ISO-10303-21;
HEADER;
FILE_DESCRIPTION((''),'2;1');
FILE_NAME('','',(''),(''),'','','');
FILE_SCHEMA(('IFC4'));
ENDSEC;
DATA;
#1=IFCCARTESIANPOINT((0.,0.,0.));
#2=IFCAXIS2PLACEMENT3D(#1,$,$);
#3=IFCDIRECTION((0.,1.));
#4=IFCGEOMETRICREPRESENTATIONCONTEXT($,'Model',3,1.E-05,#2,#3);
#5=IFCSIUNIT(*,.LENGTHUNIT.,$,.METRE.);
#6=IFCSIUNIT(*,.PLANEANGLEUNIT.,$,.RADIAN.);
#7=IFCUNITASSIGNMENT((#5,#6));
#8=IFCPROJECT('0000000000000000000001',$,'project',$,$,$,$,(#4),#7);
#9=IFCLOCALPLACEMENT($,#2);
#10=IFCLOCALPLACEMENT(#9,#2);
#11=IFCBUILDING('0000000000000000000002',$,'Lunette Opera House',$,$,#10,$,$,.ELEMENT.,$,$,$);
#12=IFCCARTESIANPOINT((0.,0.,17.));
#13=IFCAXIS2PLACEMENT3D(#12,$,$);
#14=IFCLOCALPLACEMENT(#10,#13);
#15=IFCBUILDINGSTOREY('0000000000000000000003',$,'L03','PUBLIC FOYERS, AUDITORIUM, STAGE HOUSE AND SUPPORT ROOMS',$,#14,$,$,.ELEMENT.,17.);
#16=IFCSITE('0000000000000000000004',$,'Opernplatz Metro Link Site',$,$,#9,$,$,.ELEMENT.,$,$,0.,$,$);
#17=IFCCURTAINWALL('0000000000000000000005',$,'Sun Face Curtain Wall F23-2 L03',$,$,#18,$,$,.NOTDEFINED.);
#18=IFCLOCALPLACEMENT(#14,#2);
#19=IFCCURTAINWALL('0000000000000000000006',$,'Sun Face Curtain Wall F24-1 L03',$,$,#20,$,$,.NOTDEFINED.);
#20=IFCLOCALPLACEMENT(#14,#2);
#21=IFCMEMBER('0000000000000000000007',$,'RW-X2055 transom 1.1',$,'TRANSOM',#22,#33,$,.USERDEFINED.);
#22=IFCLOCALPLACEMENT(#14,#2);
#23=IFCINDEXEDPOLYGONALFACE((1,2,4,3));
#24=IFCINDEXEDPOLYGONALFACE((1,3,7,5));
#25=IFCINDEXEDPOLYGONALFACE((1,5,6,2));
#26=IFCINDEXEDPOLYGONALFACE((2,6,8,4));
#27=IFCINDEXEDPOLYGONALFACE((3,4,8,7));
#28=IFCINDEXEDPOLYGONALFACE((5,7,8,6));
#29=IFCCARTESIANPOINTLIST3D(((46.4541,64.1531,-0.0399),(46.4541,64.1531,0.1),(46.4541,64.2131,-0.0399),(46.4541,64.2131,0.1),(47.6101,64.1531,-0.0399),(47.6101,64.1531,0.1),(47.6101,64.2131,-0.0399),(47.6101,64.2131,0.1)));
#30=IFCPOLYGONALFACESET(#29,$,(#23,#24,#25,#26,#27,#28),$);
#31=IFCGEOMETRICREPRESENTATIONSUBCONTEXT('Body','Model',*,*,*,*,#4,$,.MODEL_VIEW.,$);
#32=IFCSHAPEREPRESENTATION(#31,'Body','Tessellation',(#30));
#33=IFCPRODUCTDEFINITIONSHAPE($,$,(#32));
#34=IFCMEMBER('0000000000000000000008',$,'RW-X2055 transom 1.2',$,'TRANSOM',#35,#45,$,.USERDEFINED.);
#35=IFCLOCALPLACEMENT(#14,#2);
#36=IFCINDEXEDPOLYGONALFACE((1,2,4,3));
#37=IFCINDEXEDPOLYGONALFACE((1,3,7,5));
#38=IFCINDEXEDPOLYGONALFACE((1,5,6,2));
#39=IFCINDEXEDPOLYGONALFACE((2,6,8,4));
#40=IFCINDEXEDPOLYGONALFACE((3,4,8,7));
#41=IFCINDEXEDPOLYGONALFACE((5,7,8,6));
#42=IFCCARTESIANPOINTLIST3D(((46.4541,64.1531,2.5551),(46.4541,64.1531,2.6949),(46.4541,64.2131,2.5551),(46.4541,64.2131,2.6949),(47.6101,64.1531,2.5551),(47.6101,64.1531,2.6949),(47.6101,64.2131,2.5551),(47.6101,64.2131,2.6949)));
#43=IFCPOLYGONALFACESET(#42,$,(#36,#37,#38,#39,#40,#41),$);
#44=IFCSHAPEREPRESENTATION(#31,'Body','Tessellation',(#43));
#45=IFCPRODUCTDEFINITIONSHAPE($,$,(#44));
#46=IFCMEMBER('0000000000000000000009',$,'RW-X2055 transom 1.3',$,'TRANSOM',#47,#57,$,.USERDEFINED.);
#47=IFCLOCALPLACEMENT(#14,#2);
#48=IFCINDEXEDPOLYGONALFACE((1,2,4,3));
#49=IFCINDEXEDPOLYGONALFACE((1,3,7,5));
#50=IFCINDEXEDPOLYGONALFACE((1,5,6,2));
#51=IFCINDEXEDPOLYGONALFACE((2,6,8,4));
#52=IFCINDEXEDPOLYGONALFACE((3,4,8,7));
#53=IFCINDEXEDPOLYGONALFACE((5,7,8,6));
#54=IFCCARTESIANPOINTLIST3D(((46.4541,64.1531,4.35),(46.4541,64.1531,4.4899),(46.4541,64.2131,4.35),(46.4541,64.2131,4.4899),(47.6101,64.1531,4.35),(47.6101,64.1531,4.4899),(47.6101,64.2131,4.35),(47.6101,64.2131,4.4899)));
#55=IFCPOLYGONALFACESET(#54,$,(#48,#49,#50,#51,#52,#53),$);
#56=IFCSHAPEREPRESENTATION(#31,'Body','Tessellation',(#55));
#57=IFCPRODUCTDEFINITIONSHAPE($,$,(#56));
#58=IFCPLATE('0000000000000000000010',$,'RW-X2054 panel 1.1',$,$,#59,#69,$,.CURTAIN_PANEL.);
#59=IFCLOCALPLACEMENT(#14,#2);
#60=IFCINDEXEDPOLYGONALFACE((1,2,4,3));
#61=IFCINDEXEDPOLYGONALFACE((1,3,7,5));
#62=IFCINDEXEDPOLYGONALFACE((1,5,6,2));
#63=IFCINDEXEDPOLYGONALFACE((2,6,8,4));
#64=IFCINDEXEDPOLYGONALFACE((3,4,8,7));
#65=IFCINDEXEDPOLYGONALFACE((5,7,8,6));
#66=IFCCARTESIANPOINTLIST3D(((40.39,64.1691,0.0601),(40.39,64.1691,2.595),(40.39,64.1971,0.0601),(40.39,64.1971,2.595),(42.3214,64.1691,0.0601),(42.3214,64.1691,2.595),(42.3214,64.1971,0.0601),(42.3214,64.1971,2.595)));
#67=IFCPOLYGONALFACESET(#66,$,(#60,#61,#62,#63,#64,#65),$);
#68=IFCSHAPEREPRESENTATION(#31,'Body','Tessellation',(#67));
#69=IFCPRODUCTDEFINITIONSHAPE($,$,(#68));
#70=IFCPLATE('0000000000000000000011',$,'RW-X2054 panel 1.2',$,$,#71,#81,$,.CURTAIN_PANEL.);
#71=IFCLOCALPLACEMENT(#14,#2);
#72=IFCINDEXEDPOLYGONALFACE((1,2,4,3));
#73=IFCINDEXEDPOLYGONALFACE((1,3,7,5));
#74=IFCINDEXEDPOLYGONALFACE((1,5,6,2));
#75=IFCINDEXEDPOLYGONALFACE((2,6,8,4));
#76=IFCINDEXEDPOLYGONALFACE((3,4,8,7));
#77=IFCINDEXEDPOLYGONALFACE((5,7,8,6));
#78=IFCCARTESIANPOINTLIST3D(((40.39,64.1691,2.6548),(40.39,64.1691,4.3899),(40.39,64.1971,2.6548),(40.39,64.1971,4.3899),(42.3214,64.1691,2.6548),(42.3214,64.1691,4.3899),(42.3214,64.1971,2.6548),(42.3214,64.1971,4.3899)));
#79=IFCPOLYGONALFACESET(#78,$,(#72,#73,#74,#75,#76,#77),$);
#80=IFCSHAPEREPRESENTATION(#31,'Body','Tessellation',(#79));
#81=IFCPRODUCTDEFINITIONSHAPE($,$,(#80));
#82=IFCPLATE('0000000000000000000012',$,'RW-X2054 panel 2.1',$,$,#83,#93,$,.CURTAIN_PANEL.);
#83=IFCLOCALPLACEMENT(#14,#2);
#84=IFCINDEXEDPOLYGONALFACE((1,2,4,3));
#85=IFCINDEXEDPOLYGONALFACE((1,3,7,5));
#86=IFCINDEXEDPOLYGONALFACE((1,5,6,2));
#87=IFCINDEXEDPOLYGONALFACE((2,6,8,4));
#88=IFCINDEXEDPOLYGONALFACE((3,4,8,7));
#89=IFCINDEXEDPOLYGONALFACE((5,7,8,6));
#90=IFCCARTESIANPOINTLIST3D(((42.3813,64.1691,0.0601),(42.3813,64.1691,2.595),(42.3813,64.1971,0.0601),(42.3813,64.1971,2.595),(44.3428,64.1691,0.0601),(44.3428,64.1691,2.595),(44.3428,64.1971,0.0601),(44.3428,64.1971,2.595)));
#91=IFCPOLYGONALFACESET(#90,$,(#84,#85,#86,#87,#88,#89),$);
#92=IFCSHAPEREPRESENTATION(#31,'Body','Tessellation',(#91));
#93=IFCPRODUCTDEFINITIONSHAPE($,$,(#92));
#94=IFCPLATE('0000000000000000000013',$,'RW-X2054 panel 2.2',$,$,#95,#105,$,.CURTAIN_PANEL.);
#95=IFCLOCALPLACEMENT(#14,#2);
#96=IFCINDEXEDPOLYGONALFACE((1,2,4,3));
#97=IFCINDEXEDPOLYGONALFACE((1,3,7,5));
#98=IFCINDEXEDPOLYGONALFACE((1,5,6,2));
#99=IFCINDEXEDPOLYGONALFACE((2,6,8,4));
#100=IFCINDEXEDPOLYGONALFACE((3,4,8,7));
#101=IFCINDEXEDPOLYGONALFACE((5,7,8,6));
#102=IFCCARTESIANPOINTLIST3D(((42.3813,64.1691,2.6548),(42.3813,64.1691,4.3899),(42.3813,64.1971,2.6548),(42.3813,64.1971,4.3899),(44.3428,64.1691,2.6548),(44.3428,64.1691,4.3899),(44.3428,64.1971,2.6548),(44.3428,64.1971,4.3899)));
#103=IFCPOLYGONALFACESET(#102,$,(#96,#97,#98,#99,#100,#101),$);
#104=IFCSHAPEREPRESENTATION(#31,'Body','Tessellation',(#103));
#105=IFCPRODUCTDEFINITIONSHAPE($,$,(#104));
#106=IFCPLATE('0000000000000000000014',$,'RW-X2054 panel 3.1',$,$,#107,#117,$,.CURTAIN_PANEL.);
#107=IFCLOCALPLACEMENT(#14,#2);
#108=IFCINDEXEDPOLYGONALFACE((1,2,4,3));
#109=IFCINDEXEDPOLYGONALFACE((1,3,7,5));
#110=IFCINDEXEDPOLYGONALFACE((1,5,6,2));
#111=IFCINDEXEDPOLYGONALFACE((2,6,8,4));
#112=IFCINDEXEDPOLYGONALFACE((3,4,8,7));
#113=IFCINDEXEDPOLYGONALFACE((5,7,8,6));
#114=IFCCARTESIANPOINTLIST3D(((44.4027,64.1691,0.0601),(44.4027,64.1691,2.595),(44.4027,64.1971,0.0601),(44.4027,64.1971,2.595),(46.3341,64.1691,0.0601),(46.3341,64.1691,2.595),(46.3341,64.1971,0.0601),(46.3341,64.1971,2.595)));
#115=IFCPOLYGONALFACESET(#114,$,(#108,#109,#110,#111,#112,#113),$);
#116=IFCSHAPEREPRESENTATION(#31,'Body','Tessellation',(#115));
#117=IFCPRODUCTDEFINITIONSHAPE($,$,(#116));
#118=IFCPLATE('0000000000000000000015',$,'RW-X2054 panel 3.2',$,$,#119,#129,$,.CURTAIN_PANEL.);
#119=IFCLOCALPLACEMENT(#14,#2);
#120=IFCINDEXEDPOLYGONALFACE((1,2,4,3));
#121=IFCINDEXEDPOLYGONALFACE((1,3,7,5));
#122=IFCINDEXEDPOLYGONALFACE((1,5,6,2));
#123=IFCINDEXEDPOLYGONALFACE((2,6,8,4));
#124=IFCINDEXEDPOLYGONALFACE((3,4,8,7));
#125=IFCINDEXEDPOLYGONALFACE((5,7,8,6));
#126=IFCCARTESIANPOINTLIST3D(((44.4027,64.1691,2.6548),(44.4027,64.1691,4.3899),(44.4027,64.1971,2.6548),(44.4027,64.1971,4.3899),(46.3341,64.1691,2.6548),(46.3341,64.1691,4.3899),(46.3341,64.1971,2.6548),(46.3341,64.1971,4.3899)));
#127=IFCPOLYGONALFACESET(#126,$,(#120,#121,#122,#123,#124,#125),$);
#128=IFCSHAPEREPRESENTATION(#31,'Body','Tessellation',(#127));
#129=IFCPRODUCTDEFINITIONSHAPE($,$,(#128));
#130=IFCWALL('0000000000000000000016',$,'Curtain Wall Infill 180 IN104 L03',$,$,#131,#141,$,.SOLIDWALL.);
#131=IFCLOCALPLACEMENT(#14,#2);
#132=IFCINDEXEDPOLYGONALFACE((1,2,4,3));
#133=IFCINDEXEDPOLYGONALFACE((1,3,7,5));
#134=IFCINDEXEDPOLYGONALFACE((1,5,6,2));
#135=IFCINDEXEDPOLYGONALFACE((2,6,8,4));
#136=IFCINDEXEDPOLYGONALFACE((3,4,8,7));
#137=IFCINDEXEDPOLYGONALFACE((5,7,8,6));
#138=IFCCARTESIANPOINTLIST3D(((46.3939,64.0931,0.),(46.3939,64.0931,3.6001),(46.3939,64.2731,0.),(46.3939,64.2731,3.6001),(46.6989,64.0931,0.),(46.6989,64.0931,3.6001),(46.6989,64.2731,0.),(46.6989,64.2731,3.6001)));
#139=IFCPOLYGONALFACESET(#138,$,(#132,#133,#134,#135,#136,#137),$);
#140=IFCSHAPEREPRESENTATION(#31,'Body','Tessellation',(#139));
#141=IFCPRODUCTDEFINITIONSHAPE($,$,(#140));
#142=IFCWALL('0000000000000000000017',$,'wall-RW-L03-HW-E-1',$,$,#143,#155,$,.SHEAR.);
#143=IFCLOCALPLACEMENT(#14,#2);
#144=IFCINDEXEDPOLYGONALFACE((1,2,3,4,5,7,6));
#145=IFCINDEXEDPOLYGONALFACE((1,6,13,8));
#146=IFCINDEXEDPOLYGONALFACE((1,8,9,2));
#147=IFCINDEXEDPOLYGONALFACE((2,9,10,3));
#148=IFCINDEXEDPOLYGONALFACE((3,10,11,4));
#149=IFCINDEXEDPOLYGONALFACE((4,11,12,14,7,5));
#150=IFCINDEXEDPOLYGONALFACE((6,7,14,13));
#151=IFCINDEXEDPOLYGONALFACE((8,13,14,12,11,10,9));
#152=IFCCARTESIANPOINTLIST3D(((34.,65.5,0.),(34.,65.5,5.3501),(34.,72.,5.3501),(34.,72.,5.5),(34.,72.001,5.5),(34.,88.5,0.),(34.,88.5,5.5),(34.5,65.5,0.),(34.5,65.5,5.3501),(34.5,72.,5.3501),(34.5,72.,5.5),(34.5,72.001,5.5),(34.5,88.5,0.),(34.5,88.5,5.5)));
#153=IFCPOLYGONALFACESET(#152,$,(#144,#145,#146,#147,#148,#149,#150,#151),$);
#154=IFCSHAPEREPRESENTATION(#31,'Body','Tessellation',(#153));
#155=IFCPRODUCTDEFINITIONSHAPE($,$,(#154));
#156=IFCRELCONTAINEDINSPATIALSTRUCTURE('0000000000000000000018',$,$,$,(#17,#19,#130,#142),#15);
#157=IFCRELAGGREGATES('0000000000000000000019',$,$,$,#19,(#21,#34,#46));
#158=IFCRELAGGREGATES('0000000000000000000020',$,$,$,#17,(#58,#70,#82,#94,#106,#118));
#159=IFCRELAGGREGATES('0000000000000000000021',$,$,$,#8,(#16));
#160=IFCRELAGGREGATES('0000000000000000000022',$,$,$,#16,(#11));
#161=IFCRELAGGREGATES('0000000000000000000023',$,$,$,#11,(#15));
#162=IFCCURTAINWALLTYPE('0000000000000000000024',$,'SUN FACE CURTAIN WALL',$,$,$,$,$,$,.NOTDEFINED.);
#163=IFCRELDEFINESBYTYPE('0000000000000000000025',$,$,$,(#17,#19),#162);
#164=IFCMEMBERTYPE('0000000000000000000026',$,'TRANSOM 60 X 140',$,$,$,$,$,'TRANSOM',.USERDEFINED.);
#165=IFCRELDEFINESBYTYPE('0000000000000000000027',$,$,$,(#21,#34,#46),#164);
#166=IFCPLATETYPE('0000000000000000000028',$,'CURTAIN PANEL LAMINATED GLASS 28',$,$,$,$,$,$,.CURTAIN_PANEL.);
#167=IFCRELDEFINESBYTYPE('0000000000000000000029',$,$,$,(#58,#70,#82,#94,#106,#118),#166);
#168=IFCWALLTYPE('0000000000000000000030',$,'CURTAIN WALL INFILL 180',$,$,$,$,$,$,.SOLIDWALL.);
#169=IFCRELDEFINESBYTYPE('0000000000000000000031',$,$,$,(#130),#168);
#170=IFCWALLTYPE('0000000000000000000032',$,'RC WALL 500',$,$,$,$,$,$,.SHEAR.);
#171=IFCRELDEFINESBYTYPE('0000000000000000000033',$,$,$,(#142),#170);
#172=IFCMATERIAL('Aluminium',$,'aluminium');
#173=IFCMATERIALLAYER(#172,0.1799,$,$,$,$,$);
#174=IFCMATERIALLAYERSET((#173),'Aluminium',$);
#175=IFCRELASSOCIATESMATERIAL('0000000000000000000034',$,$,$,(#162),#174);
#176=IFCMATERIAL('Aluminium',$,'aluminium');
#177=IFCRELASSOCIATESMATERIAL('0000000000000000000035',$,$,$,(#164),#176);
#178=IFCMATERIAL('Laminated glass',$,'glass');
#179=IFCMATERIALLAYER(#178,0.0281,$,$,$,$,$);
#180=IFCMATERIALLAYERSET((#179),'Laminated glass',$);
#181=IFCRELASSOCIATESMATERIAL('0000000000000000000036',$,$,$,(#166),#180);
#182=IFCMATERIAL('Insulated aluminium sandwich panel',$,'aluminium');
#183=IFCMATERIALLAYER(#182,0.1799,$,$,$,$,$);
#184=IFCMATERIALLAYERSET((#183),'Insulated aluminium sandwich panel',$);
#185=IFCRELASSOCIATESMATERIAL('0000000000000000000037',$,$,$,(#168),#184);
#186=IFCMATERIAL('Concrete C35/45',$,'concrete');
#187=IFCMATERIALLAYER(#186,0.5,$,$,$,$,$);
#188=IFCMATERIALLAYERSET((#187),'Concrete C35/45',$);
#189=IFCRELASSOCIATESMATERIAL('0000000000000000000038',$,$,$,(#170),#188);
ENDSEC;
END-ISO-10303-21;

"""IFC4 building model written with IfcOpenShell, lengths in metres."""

from ifc_helpers import new_model, si_unit, direction, frame, frame_2d, origin, origin_2d, place, context, subcontext, project, spatial, polyline, rectangle, outline, extrude, material, layer, layer_set, material_profile, profile_set, type_object, element, aggregate, save


model = new_model("IFC4")

# Units and contexts
model_context = context("Model", 3, precision=1e-05, world=origin(), true_north=direction((0.0, 1.0)))
body_context = subcontext(model_context, "Body", "Model", "MODEL_VIEW")
ifc_project = project(units=[si_unit("LENGTHUNIT", "METRE"), si_unit("PLANEANGLEUNIT", "RADIAN")], contexts=[model_context])

# Site, building, storey
site_placement = place(None, origin())
site = spatial("IfcSite", under=ifc_project, at=site_placement, Name="Opernplatz Metro Link Site", CompositionType="ELEMENT", RefElevation=0.0)
building_placement = place(site_placement, origin())
building = spatial("IfcBuilding", under=site, at=building_placement, Name="Lunette Opera House", CompositionType="ELEMENT")
storey_placement = place(building_placement, frame((0.0, 0.0, 17.0)))
storey = spatial("IfcBuildingStorey", under=building, at=storey_placement, Name="L03", Description="PUBLIC FOYERS, AUDITORIUM, STAGE HOUSE AND SUPPORT ROOMS", CompositionType="ELEMENT", Elevation=17.0)

# Curtain wall
ifc_material_1 = material(Name="Aluminium", Category="aluminium")
ifc_layer_1 = layer(ifc_material_1, 0.1799)
ifc_layer_set_1 = layer_set([ifc_layer_1], Name="Aluminium")
curtain_wall_type = type_object("IfcCurtainWallType", Name="SUN FACE CURTAIN WALL", PredefinedType="NOTDEFINED", material=ifc_layer_set_1)
curtain_wall_1_placement = place(storey_placement, origin())
curtain_wall_1 = element("IfcCurtainWall", 1, at=curtain_wall_1_placement, inside=storey, type_object=curtain_wall_type, Name="Sun Face Curtain Wall F23-2 L03", PredefinedType="NOTDEFINED")

# Curtain wall
curtain_wall_2_placement = place(storey_placement, origin())
curtain_wall_2 = element("IfcCurtainWall", 2, at=curtain_wall_2_placement, inside=storey, type_object=curtain_wall_type, Name="Sun Face Curtain Wall F24-1 L03", PredefinedType="NOTDEFINED")

# Members
ifc_material_2 = material(Name="Aluminium", Category="aluminium")
ifc_material_profile_1 = material_profile(ifc_material_2, rectangle(XDim=0.0601, YDim=0.1399, at=origin_2d()), Name="TRANSOM 60 X 140")
ifc_profile_set_1 = profile_set([ifc_material_profile_1], Name="Aluminium")
member_type_1 = type_object("IfcMemberType", Name="TRANSOM 60 X 140", ElementType="TRANSOM", PredefinedType="USERDEFINED", material=ifc_profile_set_1)
member_1_placement = place(storey_placement, frame((46.4541, 64.1831, 0.03), z_axis=(1.0, 0.0, 0.0), x_axis=(0.0, 1.0, 0.0)))
member_1 = element("IfcMember", 3, at=member_1_placement, type_object=member_type_1, Name="RW-X2055 transom 1.1", ObjectType="TRANSOM", PredefinedType="USERDEFINED", context=body_context, shape_type="SweptSolid", body=[
    extrude(rectangle(XDim=0.0601, YDim=0.1399, at=origin_2d()), origin(), (0.0, 0.0, 1.0), 1.156),
])
member_2_placement = place(storey_placement, frame((46.4541, 64.1831, 2.625), z_axis=(1.0, 0.0, 0.0), x_axis=(0.0, 1.0, 0.0)))
member_2 = element("IfcMember", 4, at=member_2_placement, type_object=member_type_1, Name="RW-X2055 transom 1.2", ObjectType="TRANSOM", PredefinedType="USERDEFINED", context=body_context, shape_type="SweptSolid", body=[
    extrude(rectangle(XDim=0.0601, YDim=0.1399, at=origin_2d()), origin(), (0.0, 0.0, 1.0), 1.156),
])
member_3_placement = place(storey_placement, frame((46.4541, 64.1831, 4.4199), z_axis=(1.0, 0.0, 0.0), x_axis=(0.0, 1.0, 0.0)))
member_3 = element("IfcMember", 5, at=member_3_placement, type_object=member_type_1, Name="RW-X2055 transom 1.3", ObjectType="TRANSOM", PredefinedType="USERDEFINED", context=body_context, shape_type="SweptSolid", body=[
    extrude(rectangle(XDim=0.0601, YDim=0.1399, at=origin_2d()), origin(), (0.0, 0.0, 1.0), 1.156),
])
aggregate(curtain_wall_2, [member_1, member_2, member_3])

# Plates
ifc_material_3 = material(Name="Laminated glass", Category="glass")
ifc_layer_2 = layer(ifc_material_3, 0.0281)
ifc_layer_set_2 = layer_set([ifc_layer_2], Name="Laminated glass")
plate_type = type_object("IfcPlateType", Name="CURTAIN PANEL LAMINATED GLASS 28", PredefinedType="CURTAIN_PANEL", material=ifc_layer_set_2)
plate_1_placement = place(storey_placement, frame((41.3557, 64.1831, 0.0601), z_axis=(0.0, 0.0, 1.0), x_axis=(1.0, 0.0, 0.0)))
plate_1 = element("IfcPlate", 6, at=plate_1_placement, type_object=plate_type, Name="RW-X2054 panel 1.1", PredefinedType="CURTAIN_PANEL", context=body_context, shape_type="SweptSolid", body=[
    extrude(rectangle(XDim=1.9314, YDim=0.0281, at=origin_2d()), origin(), (0.0, 0.0, 1.0), 2.5349),
])
plate_2_placement = place(storey_placement, frame((41.3557, 64.1831, 2.6548), z_axis=(0.0, 0.0, 1.0), x_axis=(1.0, 0.0, 0.0)))
plate_2 = element("IfcPlate", 7, at=plate_2_placement, type_object=plate_type, Name="RW-X2054 panel 1.2", PredefinedType="CURTAIN_PANEL", context=body_context, shape_type="SweptSolid", body=[
    extrude(rectangle(XDim=1.9314, YDim=0.0281, at=origin_2d()), origin(), (0.0, 0.0, 1.0), 1.7351),
])
plate_3_placement = place(storey_placement, frame((43.3621, 64.1831, 0.0601), z_axis=(0.0, 0.0, 1.0), x_axis=(1.0, 0.0, 0.0)))
plate_3 = element("IfcPlate", 8, at=plate_3_placement, type_object=plate_type, Name="RW-X2054 panel 2.1", PredefinedType="CURTAIN_PANEL", context=body_context, shape_type="SweptSolid", body=[
    extrude(rectangle(XDim=1.9614, YDim=0.0281, at=origin_2d()), origin(), (0.0, 0.0, 1.0), 2.5349),
])
plate_4_placement = place(storey_placement, frame((43.3621, 64.1831, 2.6548), z_axis=(0.0, 0.0, 1.0), x_axis=(1.0, 0.0, 0.0)))
plate_4 = element("IfcPlate", 9, at=plate_4_placement, type_object=plate_type, Name="RW-X2054 panel 2.2", PredefinedType="CURTAIN_PANEL", context=body_context, shape_type="SweptSolid", body=[
    extrude(rectangle(XDim=1.9614, YDim=0.0281, at=origin_2d()), origin(), (0.0, 0.0, 1.0), 1.7351),
])
plate_5_placement = place(storey_placement, frame((45.3684, 64.1831, 0.0601), z_axis=(0.0, 0.0, 1.0), x_axis=(1.0, 0.0, 0.0)))
plate_5 = element("IfcPlate", 10, at=plate_5_placement, type_object=plate_type, Name="RW-X2054 panel 3.1", PredefinedType="CURTAIN_PANEL", context=body_context, shape_type="SweptSolid", body=[
    extrude(rectangle(XDim=1.9314, YDim=0.0281, at=origin_2d()), origin(), (0.0, 0.0, 1.0), 2.5349),
])
plate_6_placement = place(storey_placement, frame((45.3684, 64.1831, 2.6548), z_axis=(0.0, 0.0, 1.0), x_axis=(1.0, 0.0, 0.0)))
plate_6 = element("IfcPlate", 11, at=plate_6_placement, type_object=plate_type, Name="RW-X2054 panel 3.2", PredefinedType="CURTAIN_PANEL", context=body_context, shape_type="SweptSolid", body=[
    extrude(rectangle(XDim=1.9314, YDim=0.0281, at=origin_2d()), origin(), (0.0, 0.0, 1.0), 1.7351),
])
aggregate(curtain_wall_1, [plate_1, plate_2, plate_3, plate_4, plate_5, plate_6])

# Walls
ifc_material_4 = material(Name="Insulated aluminium sandwich panel", Category="aluminium")
ifc_layer_3 = layer(ifc_material_4, 0.1799)
ifc_layer_set_3 = layer_set([ifc_layer_3], Name="Insulated aluminium sandwich panel")
wall_type_1 = type_object("IfcWallType", Name="CURTAIN WALL INFILL 180", PredefinedType="SOLIDWALL", material=ifc_layer_set_3)
wall_1_placement = place(storey_placement, frame((46.394, 64.1831, 0.0), z_axis=(0.0, 0.0, 1.0), x_axis=(1.0, 0.0, 0.0)))
element("IfcWall", 12, at=wall_1_placement, inside=storey, type_object=wall_type_1, Name="Curtain Wall Infill 180 IN104 L03", PredefinedType="SOLIDWALL", context=body_context, shape_type="SweptSolid", body=[
    extrude(rectangle(XDim=0.3049, YDim=0.1799, at=frame_2d((0.1523, 0.0))), origin(), (0.0, 0.0, 1.0), 3.6001),
])
ifc_material_5 = material(Name="Concrete C35/45", Category="concrete")
ifc_layer_4 = layer(ifc_material_5, 0.5)
ifc_layer_set_4 = layer_set([ifc_layer_4], Name="Concrete C35/45")
wall_type_2 = type_object("IfcWallType", Name="RC WALL 500", PredefinedType="SHEAR", material=ifc_layer_set_4)
wall_2_placement = place(storey_placement, frame((34.25, 65.5, 0.0), z_axis=(0.0, 0.0, 1.0), x_axis=(0.0, 1.0, 0.0)))
element("IfcWall", 13, at=wall_2_placement, inside=storey, type_object=wall_type_2, Name="wall-RW-L03-HW-E-1", PredefinedType="SHEAR", context=body_context, shape_type="SweptSolid", body=[
    extrude(outline(polyline([(0.0, 0.0), (23.0, 0.0), (23.0, 5.5), (6.501, 5.5), (6.5, 5.5), (6.5, 5.3501), (0.0, 5.3501), (0.0, 0.0)])), frame((0.0, 0.25, 0.0), z_axis=(0.0, -1.0, 0.0), x_axis=(1.0, 0.0, 0.0)), (0.0, 0.0, 1.0), 0.5),
])

save(model, "model.ifc")
